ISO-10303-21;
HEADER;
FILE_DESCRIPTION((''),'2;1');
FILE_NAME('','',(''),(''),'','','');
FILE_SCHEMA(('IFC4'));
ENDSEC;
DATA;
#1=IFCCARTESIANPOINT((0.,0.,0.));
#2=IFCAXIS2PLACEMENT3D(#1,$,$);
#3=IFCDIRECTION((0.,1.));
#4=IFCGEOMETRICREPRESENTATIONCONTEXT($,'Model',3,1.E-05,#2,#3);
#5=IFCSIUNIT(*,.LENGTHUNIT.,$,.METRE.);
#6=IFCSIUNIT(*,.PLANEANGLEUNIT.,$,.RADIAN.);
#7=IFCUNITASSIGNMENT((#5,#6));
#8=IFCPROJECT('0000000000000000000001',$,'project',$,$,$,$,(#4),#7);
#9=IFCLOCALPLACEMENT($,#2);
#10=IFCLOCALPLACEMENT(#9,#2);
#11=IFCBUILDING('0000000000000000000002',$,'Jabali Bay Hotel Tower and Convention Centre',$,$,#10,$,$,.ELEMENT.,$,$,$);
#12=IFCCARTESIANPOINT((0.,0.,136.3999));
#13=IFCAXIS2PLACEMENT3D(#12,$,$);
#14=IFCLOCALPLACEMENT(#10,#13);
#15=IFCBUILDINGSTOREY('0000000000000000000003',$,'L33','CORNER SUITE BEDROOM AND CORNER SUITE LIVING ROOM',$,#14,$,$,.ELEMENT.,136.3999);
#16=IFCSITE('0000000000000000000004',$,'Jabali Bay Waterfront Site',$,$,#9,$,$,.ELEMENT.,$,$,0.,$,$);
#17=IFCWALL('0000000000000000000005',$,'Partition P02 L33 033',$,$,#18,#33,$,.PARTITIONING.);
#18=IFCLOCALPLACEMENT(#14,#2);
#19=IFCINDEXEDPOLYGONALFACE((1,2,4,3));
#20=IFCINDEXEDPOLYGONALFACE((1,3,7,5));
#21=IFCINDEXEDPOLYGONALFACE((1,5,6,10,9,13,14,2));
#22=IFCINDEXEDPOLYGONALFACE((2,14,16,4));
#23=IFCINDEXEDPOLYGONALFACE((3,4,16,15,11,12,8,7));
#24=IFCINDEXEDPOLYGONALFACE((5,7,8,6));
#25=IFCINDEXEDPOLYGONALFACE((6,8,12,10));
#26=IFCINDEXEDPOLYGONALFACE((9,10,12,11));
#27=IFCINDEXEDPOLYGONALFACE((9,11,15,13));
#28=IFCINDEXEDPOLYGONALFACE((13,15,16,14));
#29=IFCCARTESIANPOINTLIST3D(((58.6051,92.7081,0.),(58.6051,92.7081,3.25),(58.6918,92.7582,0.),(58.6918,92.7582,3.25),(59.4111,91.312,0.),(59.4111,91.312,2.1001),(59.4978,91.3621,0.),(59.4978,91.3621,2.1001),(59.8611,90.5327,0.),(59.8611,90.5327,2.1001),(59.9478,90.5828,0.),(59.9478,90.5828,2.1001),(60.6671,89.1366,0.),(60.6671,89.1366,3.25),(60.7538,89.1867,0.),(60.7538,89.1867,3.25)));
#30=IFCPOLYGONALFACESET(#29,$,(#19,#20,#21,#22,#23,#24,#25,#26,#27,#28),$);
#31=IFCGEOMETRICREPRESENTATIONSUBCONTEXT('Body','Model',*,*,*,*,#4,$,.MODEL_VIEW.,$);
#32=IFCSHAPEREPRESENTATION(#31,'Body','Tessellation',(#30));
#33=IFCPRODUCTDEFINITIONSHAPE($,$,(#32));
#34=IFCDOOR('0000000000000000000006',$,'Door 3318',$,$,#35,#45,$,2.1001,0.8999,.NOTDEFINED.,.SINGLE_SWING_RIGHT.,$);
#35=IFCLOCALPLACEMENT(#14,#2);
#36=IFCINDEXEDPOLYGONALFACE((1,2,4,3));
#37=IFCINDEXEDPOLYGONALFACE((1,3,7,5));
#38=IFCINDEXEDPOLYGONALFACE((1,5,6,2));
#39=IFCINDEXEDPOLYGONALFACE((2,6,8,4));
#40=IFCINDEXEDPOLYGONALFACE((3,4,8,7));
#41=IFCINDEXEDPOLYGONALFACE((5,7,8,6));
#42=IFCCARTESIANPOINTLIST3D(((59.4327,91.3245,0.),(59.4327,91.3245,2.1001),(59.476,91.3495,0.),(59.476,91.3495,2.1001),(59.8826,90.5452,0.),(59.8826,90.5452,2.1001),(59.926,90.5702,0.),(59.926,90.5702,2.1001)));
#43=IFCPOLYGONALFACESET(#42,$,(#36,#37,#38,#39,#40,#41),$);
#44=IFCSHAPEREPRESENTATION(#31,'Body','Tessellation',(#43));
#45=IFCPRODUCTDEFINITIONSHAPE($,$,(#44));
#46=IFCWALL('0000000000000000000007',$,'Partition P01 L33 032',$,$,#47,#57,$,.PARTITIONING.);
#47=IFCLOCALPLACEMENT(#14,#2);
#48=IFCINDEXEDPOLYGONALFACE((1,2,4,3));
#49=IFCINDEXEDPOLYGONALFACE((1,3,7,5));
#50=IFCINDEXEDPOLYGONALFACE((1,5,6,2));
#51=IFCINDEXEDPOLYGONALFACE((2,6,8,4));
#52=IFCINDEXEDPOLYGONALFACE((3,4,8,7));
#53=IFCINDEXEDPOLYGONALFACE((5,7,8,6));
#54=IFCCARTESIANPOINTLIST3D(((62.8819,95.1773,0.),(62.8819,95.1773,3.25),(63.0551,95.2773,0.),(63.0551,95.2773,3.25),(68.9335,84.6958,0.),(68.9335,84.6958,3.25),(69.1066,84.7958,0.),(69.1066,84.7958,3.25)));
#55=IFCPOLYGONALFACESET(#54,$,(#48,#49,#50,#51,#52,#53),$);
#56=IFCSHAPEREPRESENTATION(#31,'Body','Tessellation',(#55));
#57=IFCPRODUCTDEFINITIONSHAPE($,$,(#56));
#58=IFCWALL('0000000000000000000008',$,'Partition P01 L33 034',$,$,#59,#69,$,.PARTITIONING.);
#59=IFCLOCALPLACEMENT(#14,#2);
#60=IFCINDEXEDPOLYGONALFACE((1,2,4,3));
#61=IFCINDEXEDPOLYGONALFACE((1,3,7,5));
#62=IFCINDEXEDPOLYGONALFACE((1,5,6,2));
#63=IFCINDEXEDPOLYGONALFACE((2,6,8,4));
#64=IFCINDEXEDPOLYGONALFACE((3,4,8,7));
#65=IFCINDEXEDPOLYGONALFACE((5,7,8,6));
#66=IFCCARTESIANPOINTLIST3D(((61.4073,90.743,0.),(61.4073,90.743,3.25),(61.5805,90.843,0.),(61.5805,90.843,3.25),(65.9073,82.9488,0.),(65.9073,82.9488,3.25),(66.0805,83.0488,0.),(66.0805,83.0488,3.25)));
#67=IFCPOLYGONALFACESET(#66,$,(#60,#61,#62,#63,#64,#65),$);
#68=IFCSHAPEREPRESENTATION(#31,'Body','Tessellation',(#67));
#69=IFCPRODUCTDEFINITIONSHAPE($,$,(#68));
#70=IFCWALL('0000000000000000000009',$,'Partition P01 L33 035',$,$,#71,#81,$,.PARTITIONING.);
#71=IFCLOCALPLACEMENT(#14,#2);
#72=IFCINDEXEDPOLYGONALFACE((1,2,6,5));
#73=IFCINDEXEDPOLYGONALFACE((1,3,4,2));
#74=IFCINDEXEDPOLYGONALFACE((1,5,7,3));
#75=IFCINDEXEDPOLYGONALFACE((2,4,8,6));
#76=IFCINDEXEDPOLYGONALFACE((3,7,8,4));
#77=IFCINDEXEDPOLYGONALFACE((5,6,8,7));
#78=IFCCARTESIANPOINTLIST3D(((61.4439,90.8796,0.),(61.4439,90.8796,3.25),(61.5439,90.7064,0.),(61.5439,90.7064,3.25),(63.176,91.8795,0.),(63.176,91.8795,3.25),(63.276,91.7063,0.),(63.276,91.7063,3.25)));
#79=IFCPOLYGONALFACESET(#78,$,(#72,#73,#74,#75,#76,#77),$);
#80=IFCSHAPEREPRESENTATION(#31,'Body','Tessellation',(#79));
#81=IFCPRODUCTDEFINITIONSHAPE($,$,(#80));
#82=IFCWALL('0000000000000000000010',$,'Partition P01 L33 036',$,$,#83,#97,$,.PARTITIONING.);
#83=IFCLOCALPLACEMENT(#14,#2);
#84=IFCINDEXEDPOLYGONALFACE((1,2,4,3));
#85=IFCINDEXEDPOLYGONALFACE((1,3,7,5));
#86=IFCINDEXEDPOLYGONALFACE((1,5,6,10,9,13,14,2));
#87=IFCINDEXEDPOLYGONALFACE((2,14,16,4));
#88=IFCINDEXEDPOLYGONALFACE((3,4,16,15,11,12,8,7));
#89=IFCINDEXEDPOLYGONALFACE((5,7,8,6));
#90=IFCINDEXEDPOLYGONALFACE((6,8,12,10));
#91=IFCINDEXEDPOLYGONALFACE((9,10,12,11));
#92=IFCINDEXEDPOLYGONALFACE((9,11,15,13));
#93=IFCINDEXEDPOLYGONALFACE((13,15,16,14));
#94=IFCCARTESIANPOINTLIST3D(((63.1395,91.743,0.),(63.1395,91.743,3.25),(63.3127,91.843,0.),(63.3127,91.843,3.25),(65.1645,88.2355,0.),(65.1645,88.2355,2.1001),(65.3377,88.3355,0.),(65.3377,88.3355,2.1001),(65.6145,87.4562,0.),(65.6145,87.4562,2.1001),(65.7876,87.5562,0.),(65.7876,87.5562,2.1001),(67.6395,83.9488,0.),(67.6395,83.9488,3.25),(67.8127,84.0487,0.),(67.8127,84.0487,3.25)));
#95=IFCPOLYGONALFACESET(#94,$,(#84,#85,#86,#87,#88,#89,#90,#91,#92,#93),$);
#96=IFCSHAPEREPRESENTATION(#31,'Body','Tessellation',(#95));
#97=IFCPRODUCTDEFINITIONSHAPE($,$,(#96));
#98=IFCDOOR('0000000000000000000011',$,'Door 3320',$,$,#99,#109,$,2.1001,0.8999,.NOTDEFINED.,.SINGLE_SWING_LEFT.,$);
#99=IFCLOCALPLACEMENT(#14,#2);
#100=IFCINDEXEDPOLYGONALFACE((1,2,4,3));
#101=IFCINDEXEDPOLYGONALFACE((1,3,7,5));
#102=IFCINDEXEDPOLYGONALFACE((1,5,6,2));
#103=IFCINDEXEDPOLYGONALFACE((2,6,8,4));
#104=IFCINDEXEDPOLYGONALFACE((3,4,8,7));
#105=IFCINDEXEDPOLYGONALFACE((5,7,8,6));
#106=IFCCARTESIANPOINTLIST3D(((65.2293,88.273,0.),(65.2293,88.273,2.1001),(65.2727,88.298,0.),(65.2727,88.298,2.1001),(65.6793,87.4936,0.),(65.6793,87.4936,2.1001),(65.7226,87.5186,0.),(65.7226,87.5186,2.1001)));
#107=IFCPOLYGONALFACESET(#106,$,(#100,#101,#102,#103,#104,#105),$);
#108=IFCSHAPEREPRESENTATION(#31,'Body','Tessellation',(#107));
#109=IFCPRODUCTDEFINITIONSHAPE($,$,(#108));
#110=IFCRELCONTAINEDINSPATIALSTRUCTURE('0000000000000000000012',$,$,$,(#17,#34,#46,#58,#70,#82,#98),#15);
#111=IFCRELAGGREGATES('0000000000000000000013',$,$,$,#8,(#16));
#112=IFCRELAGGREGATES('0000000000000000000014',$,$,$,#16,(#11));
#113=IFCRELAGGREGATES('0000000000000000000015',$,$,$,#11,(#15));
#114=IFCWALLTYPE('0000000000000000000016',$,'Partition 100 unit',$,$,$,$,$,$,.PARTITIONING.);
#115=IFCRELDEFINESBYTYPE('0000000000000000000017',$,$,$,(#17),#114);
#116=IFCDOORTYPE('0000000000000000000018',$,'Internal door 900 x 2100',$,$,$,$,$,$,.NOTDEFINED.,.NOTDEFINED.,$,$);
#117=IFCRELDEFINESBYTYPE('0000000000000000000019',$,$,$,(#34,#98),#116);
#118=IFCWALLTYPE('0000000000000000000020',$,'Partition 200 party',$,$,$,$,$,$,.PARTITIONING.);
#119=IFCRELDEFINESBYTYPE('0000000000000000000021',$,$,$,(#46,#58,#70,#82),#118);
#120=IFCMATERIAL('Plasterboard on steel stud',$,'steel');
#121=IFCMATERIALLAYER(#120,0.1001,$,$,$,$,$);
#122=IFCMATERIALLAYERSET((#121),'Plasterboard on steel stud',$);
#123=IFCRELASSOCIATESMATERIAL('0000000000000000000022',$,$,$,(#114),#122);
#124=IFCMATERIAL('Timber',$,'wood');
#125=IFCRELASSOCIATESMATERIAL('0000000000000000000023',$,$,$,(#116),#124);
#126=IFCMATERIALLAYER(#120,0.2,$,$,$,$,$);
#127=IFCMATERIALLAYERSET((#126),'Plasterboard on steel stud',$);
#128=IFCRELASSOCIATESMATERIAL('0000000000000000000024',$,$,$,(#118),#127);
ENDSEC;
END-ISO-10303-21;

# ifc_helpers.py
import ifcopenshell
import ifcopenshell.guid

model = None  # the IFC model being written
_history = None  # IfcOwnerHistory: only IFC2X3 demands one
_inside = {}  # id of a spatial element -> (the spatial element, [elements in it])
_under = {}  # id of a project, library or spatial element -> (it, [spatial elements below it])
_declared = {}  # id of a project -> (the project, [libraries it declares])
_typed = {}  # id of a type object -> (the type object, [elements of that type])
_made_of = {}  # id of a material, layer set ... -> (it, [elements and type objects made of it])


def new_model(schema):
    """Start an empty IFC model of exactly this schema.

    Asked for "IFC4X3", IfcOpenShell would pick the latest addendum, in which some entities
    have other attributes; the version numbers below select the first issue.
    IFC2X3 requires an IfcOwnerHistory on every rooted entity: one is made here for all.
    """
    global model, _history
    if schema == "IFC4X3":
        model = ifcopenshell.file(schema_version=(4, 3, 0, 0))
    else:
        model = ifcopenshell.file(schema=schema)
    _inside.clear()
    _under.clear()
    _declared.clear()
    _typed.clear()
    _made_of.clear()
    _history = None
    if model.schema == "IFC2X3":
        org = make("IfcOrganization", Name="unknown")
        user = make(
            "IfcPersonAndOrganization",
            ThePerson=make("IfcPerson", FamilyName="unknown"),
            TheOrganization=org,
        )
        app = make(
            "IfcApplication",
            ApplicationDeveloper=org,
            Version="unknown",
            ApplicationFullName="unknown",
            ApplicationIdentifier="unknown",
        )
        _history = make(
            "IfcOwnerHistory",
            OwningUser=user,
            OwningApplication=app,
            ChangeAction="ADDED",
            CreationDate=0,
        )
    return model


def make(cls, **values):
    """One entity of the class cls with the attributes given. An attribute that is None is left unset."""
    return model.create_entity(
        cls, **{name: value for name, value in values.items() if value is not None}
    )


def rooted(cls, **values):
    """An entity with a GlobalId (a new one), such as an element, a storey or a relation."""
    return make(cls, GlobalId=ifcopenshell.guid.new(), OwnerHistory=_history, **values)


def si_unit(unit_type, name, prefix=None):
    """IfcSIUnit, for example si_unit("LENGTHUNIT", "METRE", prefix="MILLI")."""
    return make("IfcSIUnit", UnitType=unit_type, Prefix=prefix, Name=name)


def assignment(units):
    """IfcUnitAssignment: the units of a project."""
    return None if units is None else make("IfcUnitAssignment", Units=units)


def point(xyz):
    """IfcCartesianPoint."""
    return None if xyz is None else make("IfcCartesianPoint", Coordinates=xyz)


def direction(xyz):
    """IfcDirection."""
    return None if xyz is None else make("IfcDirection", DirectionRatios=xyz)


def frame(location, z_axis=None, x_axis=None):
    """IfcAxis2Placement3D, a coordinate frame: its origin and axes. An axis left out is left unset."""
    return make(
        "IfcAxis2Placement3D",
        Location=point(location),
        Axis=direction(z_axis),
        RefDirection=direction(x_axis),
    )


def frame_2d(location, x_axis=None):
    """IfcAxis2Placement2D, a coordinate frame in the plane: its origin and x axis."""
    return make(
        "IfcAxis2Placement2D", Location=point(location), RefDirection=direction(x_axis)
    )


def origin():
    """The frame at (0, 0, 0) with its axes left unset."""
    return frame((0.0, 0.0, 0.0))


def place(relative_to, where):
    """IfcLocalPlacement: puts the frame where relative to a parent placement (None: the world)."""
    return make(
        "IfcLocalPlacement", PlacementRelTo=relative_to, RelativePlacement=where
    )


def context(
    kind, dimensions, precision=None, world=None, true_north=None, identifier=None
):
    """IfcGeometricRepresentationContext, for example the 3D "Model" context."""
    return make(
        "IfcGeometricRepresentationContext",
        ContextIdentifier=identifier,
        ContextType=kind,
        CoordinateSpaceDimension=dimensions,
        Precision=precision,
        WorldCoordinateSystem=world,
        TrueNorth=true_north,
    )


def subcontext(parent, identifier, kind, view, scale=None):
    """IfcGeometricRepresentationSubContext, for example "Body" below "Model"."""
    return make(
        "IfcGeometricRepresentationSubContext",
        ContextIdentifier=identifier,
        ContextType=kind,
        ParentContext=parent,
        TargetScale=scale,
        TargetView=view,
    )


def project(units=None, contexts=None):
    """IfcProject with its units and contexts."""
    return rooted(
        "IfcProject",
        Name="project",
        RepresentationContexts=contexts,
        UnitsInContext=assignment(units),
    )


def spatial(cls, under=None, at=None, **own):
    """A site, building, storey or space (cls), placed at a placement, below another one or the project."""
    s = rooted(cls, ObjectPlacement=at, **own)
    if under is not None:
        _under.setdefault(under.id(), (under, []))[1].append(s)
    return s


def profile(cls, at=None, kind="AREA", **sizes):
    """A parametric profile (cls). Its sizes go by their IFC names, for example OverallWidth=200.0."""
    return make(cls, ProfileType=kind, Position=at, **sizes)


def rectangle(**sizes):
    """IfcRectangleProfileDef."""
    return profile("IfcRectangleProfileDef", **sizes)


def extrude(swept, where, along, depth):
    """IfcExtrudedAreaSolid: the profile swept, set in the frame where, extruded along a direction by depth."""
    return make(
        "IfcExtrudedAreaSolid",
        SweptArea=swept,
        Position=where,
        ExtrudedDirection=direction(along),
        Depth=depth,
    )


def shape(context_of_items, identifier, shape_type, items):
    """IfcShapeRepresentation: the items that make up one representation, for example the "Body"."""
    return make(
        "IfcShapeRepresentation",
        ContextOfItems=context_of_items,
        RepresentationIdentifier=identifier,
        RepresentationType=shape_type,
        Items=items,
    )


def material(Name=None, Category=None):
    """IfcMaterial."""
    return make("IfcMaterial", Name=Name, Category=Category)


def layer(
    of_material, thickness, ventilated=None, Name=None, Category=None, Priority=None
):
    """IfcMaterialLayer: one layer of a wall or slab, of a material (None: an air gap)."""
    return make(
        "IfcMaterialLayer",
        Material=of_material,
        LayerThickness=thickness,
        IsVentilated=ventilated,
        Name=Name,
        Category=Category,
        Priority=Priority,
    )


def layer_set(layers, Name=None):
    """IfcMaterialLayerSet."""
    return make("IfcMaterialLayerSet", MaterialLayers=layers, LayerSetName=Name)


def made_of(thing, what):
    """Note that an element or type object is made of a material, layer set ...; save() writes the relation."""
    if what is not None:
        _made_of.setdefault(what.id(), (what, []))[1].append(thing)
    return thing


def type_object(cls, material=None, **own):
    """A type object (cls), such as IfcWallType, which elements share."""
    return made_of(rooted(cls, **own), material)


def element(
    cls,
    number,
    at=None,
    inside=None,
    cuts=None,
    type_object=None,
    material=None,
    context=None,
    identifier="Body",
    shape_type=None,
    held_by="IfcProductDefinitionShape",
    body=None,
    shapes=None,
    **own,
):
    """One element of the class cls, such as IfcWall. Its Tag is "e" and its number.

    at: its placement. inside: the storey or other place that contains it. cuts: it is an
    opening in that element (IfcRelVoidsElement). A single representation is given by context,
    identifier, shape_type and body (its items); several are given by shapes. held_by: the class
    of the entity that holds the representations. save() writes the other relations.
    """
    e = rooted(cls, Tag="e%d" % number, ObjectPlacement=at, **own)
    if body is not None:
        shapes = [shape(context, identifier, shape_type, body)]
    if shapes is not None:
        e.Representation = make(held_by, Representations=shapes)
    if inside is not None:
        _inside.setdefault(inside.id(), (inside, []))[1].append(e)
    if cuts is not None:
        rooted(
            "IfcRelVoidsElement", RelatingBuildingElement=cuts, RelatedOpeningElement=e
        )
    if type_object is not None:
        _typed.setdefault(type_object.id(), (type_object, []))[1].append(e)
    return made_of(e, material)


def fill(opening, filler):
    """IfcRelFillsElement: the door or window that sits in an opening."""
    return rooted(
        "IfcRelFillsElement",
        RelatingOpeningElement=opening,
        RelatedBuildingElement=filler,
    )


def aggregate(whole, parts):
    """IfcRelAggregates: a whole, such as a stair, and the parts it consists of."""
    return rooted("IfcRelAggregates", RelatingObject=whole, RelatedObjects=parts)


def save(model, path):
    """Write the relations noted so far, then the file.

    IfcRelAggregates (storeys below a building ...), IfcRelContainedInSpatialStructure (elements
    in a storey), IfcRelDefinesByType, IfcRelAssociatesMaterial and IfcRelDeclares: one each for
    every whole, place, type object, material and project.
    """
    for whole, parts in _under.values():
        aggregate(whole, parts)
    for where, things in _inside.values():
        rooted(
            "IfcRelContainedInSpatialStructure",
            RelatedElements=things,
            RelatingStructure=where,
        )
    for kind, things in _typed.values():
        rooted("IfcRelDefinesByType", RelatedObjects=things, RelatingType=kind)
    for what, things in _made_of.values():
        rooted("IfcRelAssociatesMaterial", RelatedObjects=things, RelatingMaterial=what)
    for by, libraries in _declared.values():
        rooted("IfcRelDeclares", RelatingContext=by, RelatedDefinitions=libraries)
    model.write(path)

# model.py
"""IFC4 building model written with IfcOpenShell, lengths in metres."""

from ifc_helpers import new_model, si_unit, direction, frame, frame_2d, origin, place, context, subcontext, project, spatial, rectangle, extrude, material, layer, layer_set, type_object, element, fill, save


model = new_model("IFC4")

# Units and contexts
model_context = context("Model", 3, precision=1e-05, world=origin(), true_north=direction((0.0, 1.0)))
body_context = subcontext(model_context, "Body", "Model", "MODEL_VIEW")
ifc_project = project(units=[si_unit("LENGTHUNIT", "METRE"), si_unit("PLANEANGLEUNIT", "RADIAN")], contexts=[model_context])

# Site, building, storey
site_placement = place(None, origin())
site = spatial("IfcSite", under=ifc_project, at=site_placement, Name="Jabali Bay Waterfront Site", CompositionType="ELEMENT", RefElevation=0.0)
building_placement = place(site_placement, origin())
building = spatial("IfcBuilding", under=site, at=building_placement, Name="Jabali Bay Hotel Tower and Convention Centre", CompositionType="ELEMENT")
storey_placement = place(building_placement, frame((0.0, 0.0, 136.3999)))
storey = spatial("IfcBuildingStorey", under=building, at=storey_placement, Name="L33", Description="CORNER SUITE BEDROOM AND CORNER SUITE LIVING ROOM", CompositionType="ELEMENT", Elevation=136.3999)

# Wall, opening, door
ifc_material_1 = material(Name="Plasterboard on steel stud", Category="steel")
ifc_layer_1 = layer(ifc_material_1, 0.1001)
ifc_layer_set_1 = layer_set([ifc_layer_1], Name="Plasterboard on steel stud")
wall_type_1 = type_object("IfcWallType", Name="Partition 100 unit", PredefinedType="PARTITIONING", material=ifc_layer_set_1)
wall_1_placement = place(storey_placement, frame((58.6484, 92.7332, 0.0), z_axis=(0.0, 0.0, 1.0), x_axis=(0.499997, -0.866027, 0.0)))
wall_1 = element("IfcWall", 1, at=wall_1_placement, inside=storey, type_object=wall_type_1, Name="Partition P02 L33 033", PredefinedType="PARTITIONING", context=body_context, shape_type="SweptSolid", body=[
    extrude(rectangle(XDim=4.124, YDim=0.1001, at=frame_2d((2.062, 0.0))), origin(), (0.0, 0.0, 1.0), 3.25),
])
opening_1_placement = place(wall_1_placement, frame((1.6121, 0.0, 0.0)))
opening_1 = element("IfcOpeningElement", 2, at=opening_1_placement, cuts=wall_1, PredefinedType="OPENING", context=body_context, shape_type="SweptSolid", body=[
    extrude(rectangle(XDim=0.8999, YDim=2.1001, at=frame_2d((0.45, 1.05))), frame((0.0, 0.0605, 0.0), z_axis=(0.0, -1.0, 0.0), x_axis=(1.0, 0.0, 0.0)), (0.0, 0.0, 1.0), 0.1211),
])
ifc_material_2 = material(Name="Timber", Category="wood")
door_type_1 = type_object("IfcDoorType", Name="Internal door 900 x 2100", OperationType="NOTDEFINED", PredefinedType="NOTDEFINED", material=ifc_material_2)
door_1_placement = place(opening_1_placement, origin())
door_1 = element("IfcDoor", 3, at=door_1_placement, inside=storey, type_object=door_type_1, Name="Door 3318", OperationType="SINGLE_SWING_RIGHT", OverallHeight=2.1001, OverallWidth=0.8999, PredefinedType="NOTDEFINED", context=body_context, shape_type="SweptSolid", body=[
    extrude(rectangle(XDim=0.8999, YDim=2.1001, at=frame_2d((0.45, 1.05))), frame((0.0, 0.0249, 0.0), z_axis=(0.0, -1.0, 0.0), x_axis=(1.0, 0.0, 0.0)), (0.0, 0.0, 1.0), 0.05),
])
fill(opening_1, door_1)

# Walls
ifc_layer_2 = layer(ifc_material_1, 0.2)
ifc_layer_set_2 = layer_set([ifc_layer_2], Name="Plasterboard on steel stud")
wall_type_2 = type_object("IfcWallType", Name="Partition 200 party", PredefinedType="PARTITIONING", material=ifc_layer_set_2)
wall_2_placement = place(storey_placement, frame((62.9685, 95.2273, 0.0), z_axis=(0.0, 0.0, 1.0), x_axis=(0.500003, -0.866024, 0.0)))
element("IfcWall", 4, at=wall_2_placement, inside=storey, type_object=wall_type_2, Name="Partition P01 L33 032", PredefinedType="PARTITIONING", context=body_context, shape_type="SweptSolid", body=[
    extrude(rectangle(XDim=12.103, YDim=0.2, at=frame_2d((6.0515, 0.0))), origin(), (0.0, 0.0, 1.0), 3.25),
])
wall_3_placement = place(storey_placement, frame((65.9939, 82.9988, 0.0), z_axis=(0.0, 0.0, 1.0), x_axis=(-0.500002, 0.866024, 0.0)))
element("IfcWall", 5, at=wall_3_placement, inside=storey, type_object=wall_type_2, Name="Partition P01 L33 034", PredefinedType="PARTITIONING", context=body_context, shape_type="SweptSolid", body=[
    extrude(rectangle(XDim=9.0, YDim=0.2, at=frame_2d((4.5, 0.0))), origin(), (0.0, 0.0, 1.0), 3.25),
])
wall_4_placement = place(storey_placement, frame((61.4939, 90.793, 0.0), z_axis=(0.0, 0.0, 1.0), x_axis=(0.866041, 0.499973, 0.0)))
element("IfcWall", 6, at=wall_4_placement, inside=storey, type_object=wall_type_2, Name="Partition P01 L33 035", PredefinedType="PARTITIONING", context=body_context, shape_type="SweptSolid", body=[
    extrude(rectangle(XDim=2.0, YDim=0.2, at=frame_2d((1.0, 0.0))), origin(), (0.0, 0.0, 1.0), 3.25),
])

# Wall, opening, door
wall_5_placement = place(storey_placement, frame((63.2261, 91.793, 0.0), z_axis=(0.0, 0.0, 1.0), x_axis=(0.500002, -0.866024, 0.0)))
wall_5 = element("IfcWall", 7, at=wall_5_placement, inside=storey, type_object=wall_type_2, Name="Partition P01 L33 036", PredefinedType="PARTITIONING", context=body_context, shape_type="SweptSolid", body=[
    extrude(rectangle(XDim=9.0, YDim=0.2, at=frame_2d((4.5, 0.0))), origin(), (0.0, 0.0, 1.0), 3.25),
])
opening_2_placement = place(wall_5_placement, frame((4.05, 0.0, 0.0)))
opening_2 = element("IfcOpeningElement", 8, at=opening_2_placement, cuts=wall_5, PredefinedType="OPENING", context=body_context, shape_type="SweptSolid", body=[
    extrude(rectangle(XDim=0.8999, YDim=2.1001, at=frame_2d((0.45, 1.05))), frame((0.0, 0.1104, 0.0), z_axis=(0.0, -1.0, 0.0), x_axis=(1.0, 0.0, 0.0)), (0.0, 0.0, 1.0), 0.2209),
])
door_2_placement = place(opening_2_placement, origin())
door_2 = element("IfcDoor", 9, at=door_2_placement, inside=storey, type_object=door_type_1, Name="Door 3320", OperationType="SINGLE_SWING_LEFT", OverallHeight=2.1001, OverallWidth=0.8999, PredefinedType="NOTDEFINED", context=body_context, shape_type="SweptSolid", body=[
    extrude(rectangle(XDim=0.8999, YDim=2.1001, at=frame_2d((0.45, 1.05))), frame((0.0, 0.0249, 0.0), z_axis=(0.0, -1.0, 0.0), x_axis=(1.0, 0.0, 0.0)), (0.0, 0.0, 1.0), 0.05),
])
fill(opening_2, door_2)

save(model, "model.ifc")
